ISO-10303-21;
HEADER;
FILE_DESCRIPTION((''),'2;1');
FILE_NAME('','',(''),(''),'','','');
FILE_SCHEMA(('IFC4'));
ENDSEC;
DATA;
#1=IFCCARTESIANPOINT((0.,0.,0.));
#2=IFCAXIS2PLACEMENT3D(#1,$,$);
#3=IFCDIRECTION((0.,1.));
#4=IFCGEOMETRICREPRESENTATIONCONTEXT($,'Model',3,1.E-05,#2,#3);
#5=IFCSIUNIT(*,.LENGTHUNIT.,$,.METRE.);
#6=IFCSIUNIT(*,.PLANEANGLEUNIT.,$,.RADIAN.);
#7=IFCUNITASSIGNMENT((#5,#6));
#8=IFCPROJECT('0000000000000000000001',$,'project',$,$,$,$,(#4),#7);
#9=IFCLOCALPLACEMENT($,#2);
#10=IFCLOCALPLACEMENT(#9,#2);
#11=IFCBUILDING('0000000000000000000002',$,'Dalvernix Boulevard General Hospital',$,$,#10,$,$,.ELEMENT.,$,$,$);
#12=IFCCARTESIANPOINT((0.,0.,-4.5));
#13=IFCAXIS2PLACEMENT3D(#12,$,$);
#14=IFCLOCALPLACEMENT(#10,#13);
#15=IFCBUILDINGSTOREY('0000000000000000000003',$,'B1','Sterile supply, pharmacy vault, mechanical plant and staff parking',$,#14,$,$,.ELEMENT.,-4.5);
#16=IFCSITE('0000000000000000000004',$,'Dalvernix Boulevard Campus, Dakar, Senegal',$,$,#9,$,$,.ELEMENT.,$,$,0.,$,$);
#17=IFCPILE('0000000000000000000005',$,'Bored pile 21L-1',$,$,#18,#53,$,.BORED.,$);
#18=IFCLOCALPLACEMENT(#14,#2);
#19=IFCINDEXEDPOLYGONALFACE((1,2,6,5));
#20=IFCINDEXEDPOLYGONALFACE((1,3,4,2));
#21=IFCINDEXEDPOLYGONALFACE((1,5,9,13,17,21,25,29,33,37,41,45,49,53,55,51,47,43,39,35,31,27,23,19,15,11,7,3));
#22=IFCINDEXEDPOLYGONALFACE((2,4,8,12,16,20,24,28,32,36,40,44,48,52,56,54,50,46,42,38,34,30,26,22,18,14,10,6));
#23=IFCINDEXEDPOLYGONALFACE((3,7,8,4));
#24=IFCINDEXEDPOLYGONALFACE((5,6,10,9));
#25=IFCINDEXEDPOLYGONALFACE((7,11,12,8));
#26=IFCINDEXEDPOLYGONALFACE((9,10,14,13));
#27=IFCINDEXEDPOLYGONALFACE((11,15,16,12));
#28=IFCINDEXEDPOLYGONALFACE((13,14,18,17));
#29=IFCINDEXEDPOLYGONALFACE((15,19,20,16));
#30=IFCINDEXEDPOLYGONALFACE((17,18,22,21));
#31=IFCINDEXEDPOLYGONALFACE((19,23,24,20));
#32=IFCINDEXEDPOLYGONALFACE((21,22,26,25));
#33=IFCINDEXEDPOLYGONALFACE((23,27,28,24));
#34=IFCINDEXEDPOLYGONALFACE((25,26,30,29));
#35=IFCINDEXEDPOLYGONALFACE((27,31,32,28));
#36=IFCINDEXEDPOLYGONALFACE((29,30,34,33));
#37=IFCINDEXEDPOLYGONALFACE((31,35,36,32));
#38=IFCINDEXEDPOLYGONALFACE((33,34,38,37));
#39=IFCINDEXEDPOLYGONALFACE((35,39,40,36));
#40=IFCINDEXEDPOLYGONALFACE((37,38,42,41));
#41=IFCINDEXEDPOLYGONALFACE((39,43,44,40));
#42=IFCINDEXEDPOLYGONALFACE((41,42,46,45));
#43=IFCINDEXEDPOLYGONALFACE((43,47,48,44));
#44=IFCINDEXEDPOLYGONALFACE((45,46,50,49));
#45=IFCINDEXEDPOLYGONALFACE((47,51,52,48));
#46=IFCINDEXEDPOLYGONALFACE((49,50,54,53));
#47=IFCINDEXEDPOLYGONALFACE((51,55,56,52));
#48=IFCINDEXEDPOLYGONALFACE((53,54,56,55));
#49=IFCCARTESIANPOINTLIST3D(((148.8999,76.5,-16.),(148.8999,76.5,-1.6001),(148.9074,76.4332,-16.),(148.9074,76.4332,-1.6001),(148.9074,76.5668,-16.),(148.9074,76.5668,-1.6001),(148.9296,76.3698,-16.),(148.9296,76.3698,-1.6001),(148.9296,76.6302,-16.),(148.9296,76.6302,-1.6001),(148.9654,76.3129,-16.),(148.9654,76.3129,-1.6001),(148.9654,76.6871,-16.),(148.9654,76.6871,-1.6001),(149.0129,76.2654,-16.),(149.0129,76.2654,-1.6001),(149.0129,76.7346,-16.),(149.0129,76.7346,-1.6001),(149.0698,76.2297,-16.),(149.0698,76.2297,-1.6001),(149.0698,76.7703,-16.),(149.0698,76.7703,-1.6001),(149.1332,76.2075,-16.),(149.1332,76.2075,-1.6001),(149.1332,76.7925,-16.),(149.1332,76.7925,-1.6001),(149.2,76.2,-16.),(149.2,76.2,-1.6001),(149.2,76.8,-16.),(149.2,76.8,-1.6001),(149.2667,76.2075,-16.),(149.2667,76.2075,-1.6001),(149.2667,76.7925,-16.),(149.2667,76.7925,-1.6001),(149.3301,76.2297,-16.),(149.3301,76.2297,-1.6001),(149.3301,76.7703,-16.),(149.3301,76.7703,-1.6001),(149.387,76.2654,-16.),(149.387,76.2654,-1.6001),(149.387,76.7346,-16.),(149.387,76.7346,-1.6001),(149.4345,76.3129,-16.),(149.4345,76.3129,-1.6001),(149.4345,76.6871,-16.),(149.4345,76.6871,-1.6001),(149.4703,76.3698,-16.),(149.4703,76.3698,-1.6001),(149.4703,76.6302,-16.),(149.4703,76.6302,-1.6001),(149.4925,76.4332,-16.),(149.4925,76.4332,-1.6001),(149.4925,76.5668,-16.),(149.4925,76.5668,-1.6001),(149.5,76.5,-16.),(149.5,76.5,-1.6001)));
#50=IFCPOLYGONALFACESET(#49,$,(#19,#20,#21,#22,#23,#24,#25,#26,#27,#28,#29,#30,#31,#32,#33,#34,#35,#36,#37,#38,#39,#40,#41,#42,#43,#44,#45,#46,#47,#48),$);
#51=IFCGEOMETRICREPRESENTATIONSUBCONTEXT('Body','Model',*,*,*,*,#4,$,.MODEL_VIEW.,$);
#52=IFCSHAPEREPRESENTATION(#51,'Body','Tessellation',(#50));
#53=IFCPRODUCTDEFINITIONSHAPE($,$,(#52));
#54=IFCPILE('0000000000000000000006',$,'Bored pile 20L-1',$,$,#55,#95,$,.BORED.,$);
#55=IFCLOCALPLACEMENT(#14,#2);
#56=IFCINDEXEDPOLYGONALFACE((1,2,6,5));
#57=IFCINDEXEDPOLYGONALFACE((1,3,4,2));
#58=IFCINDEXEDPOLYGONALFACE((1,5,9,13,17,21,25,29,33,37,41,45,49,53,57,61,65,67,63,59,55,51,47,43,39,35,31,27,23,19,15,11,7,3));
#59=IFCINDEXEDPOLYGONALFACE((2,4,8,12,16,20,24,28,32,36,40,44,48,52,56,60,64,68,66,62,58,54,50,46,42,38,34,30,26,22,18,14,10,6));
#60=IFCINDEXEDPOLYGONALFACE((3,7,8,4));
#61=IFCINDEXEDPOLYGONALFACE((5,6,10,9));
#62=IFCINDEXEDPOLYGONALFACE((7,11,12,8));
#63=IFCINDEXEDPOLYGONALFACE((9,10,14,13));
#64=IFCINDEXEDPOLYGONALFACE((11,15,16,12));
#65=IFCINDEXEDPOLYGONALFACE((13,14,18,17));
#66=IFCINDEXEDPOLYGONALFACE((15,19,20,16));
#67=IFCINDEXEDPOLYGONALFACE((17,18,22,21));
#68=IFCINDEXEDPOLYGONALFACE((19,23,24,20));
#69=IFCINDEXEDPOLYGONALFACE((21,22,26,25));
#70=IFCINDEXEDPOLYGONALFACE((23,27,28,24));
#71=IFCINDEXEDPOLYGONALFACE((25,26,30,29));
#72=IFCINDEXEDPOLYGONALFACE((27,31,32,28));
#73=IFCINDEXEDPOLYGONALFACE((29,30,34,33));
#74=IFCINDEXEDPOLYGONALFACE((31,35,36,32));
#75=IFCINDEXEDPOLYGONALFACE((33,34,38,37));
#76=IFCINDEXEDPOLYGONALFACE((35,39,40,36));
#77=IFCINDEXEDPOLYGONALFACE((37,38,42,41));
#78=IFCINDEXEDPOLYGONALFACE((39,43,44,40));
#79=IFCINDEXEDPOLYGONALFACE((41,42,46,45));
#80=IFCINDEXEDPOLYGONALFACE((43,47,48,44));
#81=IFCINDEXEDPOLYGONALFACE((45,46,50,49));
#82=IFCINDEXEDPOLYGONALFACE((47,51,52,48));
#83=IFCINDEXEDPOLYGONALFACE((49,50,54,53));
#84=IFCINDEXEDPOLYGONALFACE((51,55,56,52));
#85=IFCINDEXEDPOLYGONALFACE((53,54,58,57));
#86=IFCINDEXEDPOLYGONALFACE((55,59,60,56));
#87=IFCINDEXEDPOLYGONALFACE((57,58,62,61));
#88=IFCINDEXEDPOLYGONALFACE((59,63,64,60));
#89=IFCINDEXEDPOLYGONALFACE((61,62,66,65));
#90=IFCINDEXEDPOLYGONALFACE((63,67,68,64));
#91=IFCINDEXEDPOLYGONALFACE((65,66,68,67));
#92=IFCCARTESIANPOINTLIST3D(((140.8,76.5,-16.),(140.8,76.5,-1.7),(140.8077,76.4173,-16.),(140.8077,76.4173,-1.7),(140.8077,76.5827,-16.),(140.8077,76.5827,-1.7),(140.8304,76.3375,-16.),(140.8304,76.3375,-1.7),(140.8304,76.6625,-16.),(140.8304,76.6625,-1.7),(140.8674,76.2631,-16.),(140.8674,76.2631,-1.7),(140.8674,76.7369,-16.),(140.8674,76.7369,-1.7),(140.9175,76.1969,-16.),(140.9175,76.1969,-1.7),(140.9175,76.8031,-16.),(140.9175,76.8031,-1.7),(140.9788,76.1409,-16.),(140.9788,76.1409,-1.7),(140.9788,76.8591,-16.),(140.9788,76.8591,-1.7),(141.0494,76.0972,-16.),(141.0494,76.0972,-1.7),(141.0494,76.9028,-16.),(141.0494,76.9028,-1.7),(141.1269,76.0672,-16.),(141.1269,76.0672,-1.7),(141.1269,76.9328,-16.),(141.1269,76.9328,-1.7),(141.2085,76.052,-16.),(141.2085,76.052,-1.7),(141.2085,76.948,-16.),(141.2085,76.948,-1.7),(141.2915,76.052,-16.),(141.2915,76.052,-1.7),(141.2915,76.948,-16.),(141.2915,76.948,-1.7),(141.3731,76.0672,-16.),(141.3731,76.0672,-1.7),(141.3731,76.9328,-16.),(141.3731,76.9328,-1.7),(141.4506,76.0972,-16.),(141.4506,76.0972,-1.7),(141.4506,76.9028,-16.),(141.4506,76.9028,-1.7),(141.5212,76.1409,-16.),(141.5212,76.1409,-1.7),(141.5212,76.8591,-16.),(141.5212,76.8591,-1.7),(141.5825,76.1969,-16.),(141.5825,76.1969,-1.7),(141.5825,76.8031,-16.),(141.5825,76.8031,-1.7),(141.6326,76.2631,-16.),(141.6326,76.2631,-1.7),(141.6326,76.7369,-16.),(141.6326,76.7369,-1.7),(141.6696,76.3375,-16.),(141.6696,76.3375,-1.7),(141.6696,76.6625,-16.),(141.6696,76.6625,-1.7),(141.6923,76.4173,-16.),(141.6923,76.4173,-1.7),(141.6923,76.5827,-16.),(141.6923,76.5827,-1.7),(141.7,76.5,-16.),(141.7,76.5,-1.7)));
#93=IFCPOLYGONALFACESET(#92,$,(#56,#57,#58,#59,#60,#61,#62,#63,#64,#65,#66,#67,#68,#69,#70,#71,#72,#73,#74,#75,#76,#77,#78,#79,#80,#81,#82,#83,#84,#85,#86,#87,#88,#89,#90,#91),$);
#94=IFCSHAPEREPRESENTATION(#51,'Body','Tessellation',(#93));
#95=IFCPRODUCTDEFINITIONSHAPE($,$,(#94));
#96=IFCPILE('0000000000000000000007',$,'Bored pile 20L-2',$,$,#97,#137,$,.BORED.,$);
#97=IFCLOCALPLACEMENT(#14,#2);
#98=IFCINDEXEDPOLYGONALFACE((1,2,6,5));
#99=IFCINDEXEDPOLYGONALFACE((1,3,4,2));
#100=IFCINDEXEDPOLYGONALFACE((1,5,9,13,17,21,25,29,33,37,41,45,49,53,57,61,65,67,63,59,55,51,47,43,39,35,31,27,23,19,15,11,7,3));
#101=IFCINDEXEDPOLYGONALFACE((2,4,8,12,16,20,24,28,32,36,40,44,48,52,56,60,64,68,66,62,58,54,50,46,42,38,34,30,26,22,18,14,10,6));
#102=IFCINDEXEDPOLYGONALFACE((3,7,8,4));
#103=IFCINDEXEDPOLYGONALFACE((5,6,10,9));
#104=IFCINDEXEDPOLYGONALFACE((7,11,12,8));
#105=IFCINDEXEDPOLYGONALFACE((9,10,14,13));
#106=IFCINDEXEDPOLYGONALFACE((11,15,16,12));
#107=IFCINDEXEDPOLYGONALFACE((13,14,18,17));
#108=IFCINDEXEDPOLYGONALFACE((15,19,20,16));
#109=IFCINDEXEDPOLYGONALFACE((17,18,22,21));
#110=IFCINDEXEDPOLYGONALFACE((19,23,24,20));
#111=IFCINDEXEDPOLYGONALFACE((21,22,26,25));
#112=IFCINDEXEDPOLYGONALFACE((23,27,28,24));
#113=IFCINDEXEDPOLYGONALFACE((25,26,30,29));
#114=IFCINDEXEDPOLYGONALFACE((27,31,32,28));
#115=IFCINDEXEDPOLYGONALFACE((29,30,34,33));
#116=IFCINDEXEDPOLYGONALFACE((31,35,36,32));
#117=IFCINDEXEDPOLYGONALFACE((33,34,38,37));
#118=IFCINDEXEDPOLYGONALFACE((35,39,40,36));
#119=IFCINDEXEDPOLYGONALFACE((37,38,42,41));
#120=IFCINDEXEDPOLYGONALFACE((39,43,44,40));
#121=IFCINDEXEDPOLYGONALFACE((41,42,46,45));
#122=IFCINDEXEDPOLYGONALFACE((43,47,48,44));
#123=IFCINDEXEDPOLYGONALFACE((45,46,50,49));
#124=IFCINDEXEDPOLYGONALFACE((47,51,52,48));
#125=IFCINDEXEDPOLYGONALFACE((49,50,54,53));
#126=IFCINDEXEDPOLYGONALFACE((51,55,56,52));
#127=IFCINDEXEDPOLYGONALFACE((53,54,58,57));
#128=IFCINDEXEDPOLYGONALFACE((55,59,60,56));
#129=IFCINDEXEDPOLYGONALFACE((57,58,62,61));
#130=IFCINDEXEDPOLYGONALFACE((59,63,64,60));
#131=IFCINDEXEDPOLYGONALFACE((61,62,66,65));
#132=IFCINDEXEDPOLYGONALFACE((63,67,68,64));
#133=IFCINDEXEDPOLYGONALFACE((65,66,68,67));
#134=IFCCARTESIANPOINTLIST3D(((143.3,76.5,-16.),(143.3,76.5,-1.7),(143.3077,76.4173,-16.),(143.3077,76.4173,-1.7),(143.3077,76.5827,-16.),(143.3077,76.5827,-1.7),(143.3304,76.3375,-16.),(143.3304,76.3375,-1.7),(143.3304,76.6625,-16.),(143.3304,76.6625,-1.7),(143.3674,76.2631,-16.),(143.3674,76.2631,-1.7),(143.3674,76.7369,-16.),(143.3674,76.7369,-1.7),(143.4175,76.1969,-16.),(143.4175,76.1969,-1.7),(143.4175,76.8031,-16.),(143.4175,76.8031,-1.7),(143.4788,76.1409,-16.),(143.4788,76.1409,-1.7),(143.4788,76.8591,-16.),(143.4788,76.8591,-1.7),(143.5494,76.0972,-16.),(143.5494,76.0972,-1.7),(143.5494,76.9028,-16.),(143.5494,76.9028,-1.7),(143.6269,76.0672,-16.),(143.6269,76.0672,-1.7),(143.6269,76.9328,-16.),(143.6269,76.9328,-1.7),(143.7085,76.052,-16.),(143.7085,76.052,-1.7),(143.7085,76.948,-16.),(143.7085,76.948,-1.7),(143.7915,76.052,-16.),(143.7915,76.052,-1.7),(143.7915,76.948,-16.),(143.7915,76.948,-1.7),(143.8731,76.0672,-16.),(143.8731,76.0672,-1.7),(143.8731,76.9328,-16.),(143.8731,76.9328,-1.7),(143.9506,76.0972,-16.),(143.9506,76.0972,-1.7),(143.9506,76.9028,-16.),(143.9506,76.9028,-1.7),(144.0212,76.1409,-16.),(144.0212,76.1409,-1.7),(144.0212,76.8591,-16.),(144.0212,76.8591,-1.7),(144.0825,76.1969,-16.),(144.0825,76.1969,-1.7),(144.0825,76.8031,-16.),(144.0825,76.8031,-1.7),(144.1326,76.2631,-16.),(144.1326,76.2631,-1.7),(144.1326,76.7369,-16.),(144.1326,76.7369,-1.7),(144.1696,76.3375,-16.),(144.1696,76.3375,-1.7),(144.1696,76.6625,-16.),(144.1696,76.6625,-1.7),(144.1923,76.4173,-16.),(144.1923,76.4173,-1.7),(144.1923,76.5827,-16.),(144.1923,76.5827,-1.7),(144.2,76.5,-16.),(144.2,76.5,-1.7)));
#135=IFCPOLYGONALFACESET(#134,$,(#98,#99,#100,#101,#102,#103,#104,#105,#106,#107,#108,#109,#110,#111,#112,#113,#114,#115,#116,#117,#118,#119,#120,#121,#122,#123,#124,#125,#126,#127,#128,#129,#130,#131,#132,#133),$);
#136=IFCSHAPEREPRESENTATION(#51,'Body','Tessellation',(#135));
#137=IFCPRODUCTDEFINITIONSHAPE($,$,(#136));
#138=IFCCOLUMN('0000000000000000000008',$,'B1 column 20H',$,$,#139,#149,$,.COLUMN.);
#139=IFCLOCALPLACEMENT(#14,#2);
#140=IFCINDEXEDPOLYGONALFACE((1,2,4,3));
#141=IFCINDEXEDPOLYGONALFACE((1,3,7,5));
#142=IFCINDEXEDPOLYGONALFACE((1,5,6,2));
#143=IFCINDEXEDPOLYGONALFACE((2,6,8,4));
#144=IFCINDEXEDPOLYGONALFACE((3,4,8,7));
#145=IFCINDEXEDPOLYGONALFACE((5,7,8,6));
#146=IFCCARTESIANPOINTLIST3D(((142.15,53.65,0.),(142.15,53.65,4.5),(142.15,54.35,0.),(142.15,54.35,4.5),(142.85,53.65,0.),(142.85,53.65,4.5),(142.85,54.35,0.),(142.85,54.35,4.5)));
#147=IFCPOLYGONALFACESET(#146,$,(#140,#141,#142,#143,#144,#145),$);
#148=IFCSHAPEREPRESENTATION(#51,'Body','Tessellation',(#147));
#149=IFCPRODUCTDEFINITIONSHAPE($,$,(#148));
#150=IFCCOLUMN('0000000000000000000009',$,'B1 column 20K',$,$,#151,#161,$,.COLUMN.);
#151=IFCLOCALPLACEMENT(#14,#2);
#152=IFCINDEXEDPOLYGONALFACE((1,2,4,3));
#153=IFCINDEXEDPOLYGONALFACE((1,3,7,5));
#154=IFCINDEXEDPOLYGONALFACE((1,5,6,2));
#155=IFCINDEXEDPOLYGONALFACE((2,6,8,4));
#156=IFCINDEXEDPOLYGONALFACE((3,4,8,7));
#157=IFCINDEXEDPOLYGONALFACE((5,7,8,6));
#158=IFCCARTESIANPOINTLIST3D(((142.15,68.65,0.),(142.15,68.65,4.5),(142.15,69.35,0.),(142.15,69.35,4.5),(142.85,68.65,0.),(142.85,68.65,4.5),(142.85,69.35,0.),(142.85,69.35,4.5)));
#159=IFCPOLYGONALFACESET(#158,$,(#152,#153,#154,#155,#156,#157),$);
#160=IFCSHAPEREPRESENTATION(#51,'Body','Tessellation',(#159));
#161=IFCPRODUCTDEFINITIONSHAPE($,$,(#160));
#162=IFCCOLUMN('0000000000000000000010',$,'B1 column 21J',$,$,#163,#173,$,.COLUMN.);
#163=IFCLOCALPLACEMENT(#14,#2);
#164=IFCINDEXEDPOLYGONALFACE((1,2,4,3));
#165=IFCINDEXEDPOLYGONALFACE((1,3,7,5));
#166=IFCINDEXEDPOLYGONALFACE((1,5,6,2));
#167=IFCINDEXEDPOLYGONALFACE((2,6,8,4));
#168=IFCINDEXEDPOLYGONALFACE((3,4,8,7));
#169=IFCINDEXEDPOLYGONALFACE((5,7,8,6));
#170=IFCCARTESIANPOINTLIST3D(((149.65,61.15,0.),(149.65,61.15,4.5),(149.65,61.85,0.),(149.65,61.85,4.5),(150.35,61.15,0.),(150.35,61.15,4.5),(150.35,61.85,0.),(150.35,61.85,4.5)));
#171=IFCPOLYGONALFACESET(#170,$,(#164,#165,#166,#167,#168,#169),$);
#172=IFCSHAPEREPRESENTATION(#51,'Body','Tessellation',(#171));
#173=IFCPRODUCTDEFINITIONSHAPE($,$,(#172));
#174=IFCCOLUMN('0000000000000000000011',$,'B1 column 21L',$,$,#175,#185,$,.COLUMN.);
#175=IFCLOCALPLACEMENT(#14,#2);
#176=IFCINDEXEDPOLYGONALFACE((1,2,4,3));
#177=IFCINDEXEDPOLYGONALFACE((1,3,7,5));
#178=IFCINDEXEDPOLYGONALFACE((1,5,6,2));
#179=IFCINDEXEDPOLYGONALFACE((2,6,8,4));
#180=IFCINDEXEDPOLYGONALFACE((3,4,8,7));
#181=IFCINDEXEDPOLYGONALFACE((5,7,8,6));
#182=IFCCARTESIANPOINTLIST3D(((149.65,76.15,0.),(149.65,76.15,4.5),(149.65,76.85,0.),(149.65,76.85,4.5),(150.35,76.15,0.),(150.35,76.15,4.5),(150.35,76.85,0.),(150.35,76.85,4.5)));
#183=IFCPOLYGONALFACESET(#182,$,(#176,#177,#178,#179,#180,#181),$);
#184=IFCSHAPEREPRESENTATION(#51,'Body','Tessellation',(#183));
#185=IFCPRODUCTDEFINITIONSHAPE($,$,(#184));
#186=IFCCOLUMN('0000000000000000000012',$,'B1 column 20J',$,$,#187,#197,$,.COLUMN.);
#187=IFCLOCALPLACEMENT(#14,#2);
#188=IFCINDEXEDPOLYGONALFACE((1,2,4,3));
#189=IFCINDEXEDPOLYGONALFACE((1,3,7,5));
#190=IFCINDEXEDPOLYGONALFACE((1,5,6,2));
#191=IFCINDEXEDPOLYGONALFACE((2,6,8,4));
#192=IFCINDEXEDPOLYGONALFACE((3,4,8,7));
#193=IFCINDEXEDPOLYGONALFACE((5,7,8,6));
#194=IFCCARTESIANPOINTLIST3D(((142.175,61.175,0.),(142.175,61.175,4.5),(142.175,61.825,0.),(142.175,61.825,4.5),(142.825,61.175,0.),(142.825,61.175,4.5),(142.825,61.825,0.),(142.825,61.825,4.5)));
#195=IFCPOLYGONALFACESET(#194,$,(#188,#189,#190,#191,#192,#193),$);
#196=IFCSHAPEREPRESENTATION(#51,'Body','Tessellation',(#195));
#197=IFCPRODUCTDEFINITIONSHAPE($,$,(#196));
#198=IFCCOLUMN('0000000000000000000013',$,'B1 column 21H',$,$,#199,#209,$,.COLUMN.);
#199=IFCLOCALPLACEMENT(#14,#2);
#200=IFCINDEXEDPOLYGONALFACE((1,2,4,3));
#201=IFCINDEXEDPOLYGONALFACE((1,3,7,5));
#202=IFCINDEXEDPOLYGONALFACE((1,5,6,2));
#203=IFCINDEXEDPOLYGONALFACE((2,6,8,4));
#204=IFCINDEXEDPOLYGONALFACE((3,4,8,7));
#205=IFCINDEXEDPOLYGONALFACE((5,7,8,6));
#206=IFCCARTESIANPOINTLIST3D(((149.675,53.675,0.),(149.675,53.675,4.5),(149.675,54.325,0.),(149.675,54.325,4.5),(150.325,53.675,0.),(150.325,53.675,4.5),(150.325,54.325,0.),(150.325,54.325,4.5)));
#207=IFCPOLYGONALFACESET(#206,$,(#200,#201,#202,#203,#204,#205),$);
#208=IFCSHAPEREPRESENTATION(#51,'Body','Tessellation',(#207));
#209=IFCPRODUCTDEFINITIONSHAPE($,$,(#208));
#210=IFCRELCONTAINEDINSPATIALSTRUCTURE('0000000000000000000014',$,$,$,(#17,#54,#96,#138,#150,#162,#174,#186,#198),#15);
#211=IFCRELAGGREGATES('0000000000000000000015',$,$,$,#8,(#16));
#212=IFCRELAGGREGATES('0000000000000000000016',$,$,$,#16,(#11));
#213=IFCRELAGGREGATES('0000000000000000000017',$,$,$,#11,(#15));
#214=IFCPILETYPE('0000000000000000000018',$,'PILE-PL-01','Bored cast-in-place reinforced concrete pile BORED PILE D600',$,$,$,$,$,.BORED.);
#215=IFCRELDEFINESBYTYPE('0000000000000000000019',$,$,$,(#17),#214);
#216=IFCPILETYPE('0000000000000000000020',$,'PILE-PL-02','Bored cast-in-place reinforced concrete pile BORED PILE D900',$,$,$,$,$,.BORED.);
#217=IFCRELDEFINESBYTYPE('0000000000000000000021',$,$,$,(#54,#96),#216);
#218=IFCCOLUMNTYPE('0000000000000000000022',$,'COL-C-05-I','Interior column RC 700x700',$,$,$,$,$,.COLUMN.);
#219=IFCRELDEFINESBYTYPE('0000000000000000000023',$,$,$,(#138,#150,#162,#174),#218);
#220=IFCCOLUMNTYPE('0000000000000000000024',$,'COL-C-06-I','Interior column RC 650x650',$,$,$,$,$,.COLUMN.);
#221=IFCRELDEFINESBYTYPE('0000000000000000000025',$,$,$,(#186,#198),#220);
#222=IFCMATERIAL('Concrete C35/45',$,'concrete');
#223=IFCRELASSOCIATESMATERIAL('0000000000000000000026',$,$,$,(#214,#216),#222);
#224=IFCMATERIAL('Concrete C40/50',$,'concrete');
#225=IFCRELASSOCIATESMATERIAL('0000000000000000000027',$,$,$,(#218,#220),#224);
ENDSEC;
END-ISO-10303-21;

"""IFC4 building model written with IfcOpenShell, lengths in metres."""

from ifc_helpers import new_model, si_unit, direction, frame, origin, origin_2d, place, context, subcontext, project, spatial, rectangle, circle, extrude, material, material_profile, profile_set, type_object, element, save


model = new_model("IFC4")

# Units and contexts
model_context = context("Model", 3, precision=1e-05, world=origin(), true_north=direction((0.0, 1.0)))
body_context = subcontext(model_context, "Body", "Model", "MODEL_VIEW")
ifc_project = project(units=[si_unit("LENGTHUNIT", "METRE"), si_unit("PLANEANGLEUNIT", "RADIAN")], contexts=[model_context])

# Site, building, storey
site_placement = place(None, origin())
site = spatial("IfcSite", under=ifc_project, at=site_placement, Name="Dalvernix Boulevard Campus, Dakar, Senegal", CompositionType="ELEMENT", RefElevation=0.0)
building_placement = place(site_placement, origin())
building = spatial("IfcBuilding", under=site, at=building_placement, Name="Dalvernix Boulevard General Hospital", CompositionType="ELEMENT")
storey_placement = place(building_placement, frame((0.0, 0.0, -4.5)))
storey = spatial("IfcBuildingStorey", under=building, at=storey_placement, Name="B1", Description="Sterile supply, pharmacy vault, mechanical plant and staff parking", CompositionType="ELEMENT", Elevation=-4.5)

# Shared definitions
ifc_material_1 = material(Name="Concrete C35/45", Category="concrete")
ifc_material_2 = material(Name="Concrete C40/50", Category="concrete")

# Piles
ifc_material_profile_1 = material_profile(ifc_material_1, circle(Radius=0.3, at=origin_2d()), Name="BORED PILE D600")
ifc_profile_set_1 = profile_set([ifc_material_profile_1], Name="Concrete C35/45")
pile_type_1 = type_object("IfcPileType", Name="PILE-PL-01", Description="Bored cast-in-place reinforced concrete pile BORED PILE D600", PredefinedType="BORED", material=ifc_profile_set_1)
pile_1_placement = place(storey_placement, frame((149.2, 76.5, -1.6001), z_axis=(0.0, 0.0, -1.0), x_axis=(1.0, 0.0, 0.0)))
element("IfcPile", 1, at=pile_1_placement, inside=storey, type_object=pile_type_1, Name="Bored pile 21L-1", PredefinedType="BORED", context=body_context, shape_type="SweptSolid", body=[
    extrude(circle(Radius=0.3, at=origin_2d()), origin(), (0.0, 0.0, 1.0), 14.3999),
])
ifc_material_profile_2 = material_profile(ifc_material_1, circle(Radius=0.45, at=origin_2d()), Name="BORED PILE D900")
ifc_profile_set_2 = profile_set([ifc_material_profile_2], Name="Concrete C35/45")
pile_type_2 = type_object("IfcPileType", Name="PILE-PL-02", Description="Bored cast-in-place reinforced concrete pile BORED PILE D900", PredefinedType="BORED", material=ifc_profile_set_2)
for number, where, z_axis, x_axis, name in (
    (2, (141.25, 76.5, -1.7), (0.0, 0.0, -1.0), (1.0, 0.0, 0.0), "Bored pile 20L-1"),
    (3, (143.75, 76.5, -1.7), (0.0, 0.0, -1.0), (1.0, 0.0, 0.0), "Bored pile 20L-2"),
):
    element("IfcPile", number, at=place(storey_placement, frame(where, z_axis=z_axis, x_axis=x_axis)), inside=storey, type_object=pile_type_2, Name=name, PredefinedType="BORED", context=body_context, shape_type="SweptSolid", body=[
        extrude(circle(Radius=0.45, at=origin_2d()), origin(), (0.0, 0.0, 1.0), 14.3),
    ])

# Columns
ifc_material_profile_3 = material_profile(ifc_material_2, rectangle(XDim=0.7, YDim=0.7, at=origin_2d()), Name="RC 700x700")
ifc_profile_set_3 = profile_set([ifc_material_profile_3], Name="Concrete C40/50")
column_type_1 = type_object("IfcColumnType", Name="COL-C-05-I", Description="Interior column RC 700x700", PredefinedType="COLUMN", material=ifc_profile_set_3)
for number, where, z_axis, x_axis, name in (
    (4, (142.5, 54.0, 0.0), (0.0, 0.0, 1.0), (1.0, 0.0, 0.0), "B1 column 20H"),
    (5, (142.5, 69.0, 0.0), (0.0, 0.0, 1.0), (1.0, 0.0, 0.0), "B1 column 20K"),
    (6, (150.0, 61.5, 0.0), (0.0, 0.0, 1.0), (1.0, 0.0, 0.0), "B1 column 21J"),
    (7, (150.0, 76.5, 0.0), (0.0, 0.0, 1.0), (1.0, 0.0, 0.0), "B1 column 21L"),
):
    element("IfcColumn", number, at=place(storey_placement, frame(where, z_axis=z_axis, x_axis=x_axis)), inside=storey, type_object=column_type_1, Name=name, PredefinedType="COLUMN", context=body_context, shape_type="SweptSolid", body=[
        extrude(rectangle(XDim=0.7, YDim=0.7, at=origin_2d()), origin(), (0.0, 0.0, 1.0), 4.5),
    ])
ifc_material_profile_4 = material_profile(ifc_material_2, rectangle(XDim=0.6499, YDim=0.6499, at=origin_2d()), Name="RC 650x650")
ifc_profile_set_4 = profile_set([ifc_material_profile_4], Name="Concrete C40/50")
column_type_2 = type_object("IfcColumnType", Name="COL-C-06-I", Description="Interior column RC 650x650", PredefinedType="COLUMN", material=ifc_profile_set_4)
for number, where, z_axis, x_axis, name in (
    (8, (142.5, 61.5, 0.0), (0.0, 0.0, 1.0), (1.0, 0.0, 0.0), "B1 column 20J"),
    (9, (150.0, 54.0, 0.0), (0.0, 0.0, 1.0), (1.0, 0.0, 0.0), "B1 column 21H"),
):
    element("IfcColumn", number, at=place(storey_placement, frame(where, z_axis=z_axis, x_axis=x_axis)), inside=storey, type_object=column_type_2, Name=name, PredefinedType="COLUMN", context=body_context, shape_type="SweptSolid", body=[
        extrude(rectangle(XDim=0.6499, YDim=0.6499, at=origin_2d()), origin(), (0.0, 0.0, 1.0), 4.5),
    ])

save(model, "model.ifc")
